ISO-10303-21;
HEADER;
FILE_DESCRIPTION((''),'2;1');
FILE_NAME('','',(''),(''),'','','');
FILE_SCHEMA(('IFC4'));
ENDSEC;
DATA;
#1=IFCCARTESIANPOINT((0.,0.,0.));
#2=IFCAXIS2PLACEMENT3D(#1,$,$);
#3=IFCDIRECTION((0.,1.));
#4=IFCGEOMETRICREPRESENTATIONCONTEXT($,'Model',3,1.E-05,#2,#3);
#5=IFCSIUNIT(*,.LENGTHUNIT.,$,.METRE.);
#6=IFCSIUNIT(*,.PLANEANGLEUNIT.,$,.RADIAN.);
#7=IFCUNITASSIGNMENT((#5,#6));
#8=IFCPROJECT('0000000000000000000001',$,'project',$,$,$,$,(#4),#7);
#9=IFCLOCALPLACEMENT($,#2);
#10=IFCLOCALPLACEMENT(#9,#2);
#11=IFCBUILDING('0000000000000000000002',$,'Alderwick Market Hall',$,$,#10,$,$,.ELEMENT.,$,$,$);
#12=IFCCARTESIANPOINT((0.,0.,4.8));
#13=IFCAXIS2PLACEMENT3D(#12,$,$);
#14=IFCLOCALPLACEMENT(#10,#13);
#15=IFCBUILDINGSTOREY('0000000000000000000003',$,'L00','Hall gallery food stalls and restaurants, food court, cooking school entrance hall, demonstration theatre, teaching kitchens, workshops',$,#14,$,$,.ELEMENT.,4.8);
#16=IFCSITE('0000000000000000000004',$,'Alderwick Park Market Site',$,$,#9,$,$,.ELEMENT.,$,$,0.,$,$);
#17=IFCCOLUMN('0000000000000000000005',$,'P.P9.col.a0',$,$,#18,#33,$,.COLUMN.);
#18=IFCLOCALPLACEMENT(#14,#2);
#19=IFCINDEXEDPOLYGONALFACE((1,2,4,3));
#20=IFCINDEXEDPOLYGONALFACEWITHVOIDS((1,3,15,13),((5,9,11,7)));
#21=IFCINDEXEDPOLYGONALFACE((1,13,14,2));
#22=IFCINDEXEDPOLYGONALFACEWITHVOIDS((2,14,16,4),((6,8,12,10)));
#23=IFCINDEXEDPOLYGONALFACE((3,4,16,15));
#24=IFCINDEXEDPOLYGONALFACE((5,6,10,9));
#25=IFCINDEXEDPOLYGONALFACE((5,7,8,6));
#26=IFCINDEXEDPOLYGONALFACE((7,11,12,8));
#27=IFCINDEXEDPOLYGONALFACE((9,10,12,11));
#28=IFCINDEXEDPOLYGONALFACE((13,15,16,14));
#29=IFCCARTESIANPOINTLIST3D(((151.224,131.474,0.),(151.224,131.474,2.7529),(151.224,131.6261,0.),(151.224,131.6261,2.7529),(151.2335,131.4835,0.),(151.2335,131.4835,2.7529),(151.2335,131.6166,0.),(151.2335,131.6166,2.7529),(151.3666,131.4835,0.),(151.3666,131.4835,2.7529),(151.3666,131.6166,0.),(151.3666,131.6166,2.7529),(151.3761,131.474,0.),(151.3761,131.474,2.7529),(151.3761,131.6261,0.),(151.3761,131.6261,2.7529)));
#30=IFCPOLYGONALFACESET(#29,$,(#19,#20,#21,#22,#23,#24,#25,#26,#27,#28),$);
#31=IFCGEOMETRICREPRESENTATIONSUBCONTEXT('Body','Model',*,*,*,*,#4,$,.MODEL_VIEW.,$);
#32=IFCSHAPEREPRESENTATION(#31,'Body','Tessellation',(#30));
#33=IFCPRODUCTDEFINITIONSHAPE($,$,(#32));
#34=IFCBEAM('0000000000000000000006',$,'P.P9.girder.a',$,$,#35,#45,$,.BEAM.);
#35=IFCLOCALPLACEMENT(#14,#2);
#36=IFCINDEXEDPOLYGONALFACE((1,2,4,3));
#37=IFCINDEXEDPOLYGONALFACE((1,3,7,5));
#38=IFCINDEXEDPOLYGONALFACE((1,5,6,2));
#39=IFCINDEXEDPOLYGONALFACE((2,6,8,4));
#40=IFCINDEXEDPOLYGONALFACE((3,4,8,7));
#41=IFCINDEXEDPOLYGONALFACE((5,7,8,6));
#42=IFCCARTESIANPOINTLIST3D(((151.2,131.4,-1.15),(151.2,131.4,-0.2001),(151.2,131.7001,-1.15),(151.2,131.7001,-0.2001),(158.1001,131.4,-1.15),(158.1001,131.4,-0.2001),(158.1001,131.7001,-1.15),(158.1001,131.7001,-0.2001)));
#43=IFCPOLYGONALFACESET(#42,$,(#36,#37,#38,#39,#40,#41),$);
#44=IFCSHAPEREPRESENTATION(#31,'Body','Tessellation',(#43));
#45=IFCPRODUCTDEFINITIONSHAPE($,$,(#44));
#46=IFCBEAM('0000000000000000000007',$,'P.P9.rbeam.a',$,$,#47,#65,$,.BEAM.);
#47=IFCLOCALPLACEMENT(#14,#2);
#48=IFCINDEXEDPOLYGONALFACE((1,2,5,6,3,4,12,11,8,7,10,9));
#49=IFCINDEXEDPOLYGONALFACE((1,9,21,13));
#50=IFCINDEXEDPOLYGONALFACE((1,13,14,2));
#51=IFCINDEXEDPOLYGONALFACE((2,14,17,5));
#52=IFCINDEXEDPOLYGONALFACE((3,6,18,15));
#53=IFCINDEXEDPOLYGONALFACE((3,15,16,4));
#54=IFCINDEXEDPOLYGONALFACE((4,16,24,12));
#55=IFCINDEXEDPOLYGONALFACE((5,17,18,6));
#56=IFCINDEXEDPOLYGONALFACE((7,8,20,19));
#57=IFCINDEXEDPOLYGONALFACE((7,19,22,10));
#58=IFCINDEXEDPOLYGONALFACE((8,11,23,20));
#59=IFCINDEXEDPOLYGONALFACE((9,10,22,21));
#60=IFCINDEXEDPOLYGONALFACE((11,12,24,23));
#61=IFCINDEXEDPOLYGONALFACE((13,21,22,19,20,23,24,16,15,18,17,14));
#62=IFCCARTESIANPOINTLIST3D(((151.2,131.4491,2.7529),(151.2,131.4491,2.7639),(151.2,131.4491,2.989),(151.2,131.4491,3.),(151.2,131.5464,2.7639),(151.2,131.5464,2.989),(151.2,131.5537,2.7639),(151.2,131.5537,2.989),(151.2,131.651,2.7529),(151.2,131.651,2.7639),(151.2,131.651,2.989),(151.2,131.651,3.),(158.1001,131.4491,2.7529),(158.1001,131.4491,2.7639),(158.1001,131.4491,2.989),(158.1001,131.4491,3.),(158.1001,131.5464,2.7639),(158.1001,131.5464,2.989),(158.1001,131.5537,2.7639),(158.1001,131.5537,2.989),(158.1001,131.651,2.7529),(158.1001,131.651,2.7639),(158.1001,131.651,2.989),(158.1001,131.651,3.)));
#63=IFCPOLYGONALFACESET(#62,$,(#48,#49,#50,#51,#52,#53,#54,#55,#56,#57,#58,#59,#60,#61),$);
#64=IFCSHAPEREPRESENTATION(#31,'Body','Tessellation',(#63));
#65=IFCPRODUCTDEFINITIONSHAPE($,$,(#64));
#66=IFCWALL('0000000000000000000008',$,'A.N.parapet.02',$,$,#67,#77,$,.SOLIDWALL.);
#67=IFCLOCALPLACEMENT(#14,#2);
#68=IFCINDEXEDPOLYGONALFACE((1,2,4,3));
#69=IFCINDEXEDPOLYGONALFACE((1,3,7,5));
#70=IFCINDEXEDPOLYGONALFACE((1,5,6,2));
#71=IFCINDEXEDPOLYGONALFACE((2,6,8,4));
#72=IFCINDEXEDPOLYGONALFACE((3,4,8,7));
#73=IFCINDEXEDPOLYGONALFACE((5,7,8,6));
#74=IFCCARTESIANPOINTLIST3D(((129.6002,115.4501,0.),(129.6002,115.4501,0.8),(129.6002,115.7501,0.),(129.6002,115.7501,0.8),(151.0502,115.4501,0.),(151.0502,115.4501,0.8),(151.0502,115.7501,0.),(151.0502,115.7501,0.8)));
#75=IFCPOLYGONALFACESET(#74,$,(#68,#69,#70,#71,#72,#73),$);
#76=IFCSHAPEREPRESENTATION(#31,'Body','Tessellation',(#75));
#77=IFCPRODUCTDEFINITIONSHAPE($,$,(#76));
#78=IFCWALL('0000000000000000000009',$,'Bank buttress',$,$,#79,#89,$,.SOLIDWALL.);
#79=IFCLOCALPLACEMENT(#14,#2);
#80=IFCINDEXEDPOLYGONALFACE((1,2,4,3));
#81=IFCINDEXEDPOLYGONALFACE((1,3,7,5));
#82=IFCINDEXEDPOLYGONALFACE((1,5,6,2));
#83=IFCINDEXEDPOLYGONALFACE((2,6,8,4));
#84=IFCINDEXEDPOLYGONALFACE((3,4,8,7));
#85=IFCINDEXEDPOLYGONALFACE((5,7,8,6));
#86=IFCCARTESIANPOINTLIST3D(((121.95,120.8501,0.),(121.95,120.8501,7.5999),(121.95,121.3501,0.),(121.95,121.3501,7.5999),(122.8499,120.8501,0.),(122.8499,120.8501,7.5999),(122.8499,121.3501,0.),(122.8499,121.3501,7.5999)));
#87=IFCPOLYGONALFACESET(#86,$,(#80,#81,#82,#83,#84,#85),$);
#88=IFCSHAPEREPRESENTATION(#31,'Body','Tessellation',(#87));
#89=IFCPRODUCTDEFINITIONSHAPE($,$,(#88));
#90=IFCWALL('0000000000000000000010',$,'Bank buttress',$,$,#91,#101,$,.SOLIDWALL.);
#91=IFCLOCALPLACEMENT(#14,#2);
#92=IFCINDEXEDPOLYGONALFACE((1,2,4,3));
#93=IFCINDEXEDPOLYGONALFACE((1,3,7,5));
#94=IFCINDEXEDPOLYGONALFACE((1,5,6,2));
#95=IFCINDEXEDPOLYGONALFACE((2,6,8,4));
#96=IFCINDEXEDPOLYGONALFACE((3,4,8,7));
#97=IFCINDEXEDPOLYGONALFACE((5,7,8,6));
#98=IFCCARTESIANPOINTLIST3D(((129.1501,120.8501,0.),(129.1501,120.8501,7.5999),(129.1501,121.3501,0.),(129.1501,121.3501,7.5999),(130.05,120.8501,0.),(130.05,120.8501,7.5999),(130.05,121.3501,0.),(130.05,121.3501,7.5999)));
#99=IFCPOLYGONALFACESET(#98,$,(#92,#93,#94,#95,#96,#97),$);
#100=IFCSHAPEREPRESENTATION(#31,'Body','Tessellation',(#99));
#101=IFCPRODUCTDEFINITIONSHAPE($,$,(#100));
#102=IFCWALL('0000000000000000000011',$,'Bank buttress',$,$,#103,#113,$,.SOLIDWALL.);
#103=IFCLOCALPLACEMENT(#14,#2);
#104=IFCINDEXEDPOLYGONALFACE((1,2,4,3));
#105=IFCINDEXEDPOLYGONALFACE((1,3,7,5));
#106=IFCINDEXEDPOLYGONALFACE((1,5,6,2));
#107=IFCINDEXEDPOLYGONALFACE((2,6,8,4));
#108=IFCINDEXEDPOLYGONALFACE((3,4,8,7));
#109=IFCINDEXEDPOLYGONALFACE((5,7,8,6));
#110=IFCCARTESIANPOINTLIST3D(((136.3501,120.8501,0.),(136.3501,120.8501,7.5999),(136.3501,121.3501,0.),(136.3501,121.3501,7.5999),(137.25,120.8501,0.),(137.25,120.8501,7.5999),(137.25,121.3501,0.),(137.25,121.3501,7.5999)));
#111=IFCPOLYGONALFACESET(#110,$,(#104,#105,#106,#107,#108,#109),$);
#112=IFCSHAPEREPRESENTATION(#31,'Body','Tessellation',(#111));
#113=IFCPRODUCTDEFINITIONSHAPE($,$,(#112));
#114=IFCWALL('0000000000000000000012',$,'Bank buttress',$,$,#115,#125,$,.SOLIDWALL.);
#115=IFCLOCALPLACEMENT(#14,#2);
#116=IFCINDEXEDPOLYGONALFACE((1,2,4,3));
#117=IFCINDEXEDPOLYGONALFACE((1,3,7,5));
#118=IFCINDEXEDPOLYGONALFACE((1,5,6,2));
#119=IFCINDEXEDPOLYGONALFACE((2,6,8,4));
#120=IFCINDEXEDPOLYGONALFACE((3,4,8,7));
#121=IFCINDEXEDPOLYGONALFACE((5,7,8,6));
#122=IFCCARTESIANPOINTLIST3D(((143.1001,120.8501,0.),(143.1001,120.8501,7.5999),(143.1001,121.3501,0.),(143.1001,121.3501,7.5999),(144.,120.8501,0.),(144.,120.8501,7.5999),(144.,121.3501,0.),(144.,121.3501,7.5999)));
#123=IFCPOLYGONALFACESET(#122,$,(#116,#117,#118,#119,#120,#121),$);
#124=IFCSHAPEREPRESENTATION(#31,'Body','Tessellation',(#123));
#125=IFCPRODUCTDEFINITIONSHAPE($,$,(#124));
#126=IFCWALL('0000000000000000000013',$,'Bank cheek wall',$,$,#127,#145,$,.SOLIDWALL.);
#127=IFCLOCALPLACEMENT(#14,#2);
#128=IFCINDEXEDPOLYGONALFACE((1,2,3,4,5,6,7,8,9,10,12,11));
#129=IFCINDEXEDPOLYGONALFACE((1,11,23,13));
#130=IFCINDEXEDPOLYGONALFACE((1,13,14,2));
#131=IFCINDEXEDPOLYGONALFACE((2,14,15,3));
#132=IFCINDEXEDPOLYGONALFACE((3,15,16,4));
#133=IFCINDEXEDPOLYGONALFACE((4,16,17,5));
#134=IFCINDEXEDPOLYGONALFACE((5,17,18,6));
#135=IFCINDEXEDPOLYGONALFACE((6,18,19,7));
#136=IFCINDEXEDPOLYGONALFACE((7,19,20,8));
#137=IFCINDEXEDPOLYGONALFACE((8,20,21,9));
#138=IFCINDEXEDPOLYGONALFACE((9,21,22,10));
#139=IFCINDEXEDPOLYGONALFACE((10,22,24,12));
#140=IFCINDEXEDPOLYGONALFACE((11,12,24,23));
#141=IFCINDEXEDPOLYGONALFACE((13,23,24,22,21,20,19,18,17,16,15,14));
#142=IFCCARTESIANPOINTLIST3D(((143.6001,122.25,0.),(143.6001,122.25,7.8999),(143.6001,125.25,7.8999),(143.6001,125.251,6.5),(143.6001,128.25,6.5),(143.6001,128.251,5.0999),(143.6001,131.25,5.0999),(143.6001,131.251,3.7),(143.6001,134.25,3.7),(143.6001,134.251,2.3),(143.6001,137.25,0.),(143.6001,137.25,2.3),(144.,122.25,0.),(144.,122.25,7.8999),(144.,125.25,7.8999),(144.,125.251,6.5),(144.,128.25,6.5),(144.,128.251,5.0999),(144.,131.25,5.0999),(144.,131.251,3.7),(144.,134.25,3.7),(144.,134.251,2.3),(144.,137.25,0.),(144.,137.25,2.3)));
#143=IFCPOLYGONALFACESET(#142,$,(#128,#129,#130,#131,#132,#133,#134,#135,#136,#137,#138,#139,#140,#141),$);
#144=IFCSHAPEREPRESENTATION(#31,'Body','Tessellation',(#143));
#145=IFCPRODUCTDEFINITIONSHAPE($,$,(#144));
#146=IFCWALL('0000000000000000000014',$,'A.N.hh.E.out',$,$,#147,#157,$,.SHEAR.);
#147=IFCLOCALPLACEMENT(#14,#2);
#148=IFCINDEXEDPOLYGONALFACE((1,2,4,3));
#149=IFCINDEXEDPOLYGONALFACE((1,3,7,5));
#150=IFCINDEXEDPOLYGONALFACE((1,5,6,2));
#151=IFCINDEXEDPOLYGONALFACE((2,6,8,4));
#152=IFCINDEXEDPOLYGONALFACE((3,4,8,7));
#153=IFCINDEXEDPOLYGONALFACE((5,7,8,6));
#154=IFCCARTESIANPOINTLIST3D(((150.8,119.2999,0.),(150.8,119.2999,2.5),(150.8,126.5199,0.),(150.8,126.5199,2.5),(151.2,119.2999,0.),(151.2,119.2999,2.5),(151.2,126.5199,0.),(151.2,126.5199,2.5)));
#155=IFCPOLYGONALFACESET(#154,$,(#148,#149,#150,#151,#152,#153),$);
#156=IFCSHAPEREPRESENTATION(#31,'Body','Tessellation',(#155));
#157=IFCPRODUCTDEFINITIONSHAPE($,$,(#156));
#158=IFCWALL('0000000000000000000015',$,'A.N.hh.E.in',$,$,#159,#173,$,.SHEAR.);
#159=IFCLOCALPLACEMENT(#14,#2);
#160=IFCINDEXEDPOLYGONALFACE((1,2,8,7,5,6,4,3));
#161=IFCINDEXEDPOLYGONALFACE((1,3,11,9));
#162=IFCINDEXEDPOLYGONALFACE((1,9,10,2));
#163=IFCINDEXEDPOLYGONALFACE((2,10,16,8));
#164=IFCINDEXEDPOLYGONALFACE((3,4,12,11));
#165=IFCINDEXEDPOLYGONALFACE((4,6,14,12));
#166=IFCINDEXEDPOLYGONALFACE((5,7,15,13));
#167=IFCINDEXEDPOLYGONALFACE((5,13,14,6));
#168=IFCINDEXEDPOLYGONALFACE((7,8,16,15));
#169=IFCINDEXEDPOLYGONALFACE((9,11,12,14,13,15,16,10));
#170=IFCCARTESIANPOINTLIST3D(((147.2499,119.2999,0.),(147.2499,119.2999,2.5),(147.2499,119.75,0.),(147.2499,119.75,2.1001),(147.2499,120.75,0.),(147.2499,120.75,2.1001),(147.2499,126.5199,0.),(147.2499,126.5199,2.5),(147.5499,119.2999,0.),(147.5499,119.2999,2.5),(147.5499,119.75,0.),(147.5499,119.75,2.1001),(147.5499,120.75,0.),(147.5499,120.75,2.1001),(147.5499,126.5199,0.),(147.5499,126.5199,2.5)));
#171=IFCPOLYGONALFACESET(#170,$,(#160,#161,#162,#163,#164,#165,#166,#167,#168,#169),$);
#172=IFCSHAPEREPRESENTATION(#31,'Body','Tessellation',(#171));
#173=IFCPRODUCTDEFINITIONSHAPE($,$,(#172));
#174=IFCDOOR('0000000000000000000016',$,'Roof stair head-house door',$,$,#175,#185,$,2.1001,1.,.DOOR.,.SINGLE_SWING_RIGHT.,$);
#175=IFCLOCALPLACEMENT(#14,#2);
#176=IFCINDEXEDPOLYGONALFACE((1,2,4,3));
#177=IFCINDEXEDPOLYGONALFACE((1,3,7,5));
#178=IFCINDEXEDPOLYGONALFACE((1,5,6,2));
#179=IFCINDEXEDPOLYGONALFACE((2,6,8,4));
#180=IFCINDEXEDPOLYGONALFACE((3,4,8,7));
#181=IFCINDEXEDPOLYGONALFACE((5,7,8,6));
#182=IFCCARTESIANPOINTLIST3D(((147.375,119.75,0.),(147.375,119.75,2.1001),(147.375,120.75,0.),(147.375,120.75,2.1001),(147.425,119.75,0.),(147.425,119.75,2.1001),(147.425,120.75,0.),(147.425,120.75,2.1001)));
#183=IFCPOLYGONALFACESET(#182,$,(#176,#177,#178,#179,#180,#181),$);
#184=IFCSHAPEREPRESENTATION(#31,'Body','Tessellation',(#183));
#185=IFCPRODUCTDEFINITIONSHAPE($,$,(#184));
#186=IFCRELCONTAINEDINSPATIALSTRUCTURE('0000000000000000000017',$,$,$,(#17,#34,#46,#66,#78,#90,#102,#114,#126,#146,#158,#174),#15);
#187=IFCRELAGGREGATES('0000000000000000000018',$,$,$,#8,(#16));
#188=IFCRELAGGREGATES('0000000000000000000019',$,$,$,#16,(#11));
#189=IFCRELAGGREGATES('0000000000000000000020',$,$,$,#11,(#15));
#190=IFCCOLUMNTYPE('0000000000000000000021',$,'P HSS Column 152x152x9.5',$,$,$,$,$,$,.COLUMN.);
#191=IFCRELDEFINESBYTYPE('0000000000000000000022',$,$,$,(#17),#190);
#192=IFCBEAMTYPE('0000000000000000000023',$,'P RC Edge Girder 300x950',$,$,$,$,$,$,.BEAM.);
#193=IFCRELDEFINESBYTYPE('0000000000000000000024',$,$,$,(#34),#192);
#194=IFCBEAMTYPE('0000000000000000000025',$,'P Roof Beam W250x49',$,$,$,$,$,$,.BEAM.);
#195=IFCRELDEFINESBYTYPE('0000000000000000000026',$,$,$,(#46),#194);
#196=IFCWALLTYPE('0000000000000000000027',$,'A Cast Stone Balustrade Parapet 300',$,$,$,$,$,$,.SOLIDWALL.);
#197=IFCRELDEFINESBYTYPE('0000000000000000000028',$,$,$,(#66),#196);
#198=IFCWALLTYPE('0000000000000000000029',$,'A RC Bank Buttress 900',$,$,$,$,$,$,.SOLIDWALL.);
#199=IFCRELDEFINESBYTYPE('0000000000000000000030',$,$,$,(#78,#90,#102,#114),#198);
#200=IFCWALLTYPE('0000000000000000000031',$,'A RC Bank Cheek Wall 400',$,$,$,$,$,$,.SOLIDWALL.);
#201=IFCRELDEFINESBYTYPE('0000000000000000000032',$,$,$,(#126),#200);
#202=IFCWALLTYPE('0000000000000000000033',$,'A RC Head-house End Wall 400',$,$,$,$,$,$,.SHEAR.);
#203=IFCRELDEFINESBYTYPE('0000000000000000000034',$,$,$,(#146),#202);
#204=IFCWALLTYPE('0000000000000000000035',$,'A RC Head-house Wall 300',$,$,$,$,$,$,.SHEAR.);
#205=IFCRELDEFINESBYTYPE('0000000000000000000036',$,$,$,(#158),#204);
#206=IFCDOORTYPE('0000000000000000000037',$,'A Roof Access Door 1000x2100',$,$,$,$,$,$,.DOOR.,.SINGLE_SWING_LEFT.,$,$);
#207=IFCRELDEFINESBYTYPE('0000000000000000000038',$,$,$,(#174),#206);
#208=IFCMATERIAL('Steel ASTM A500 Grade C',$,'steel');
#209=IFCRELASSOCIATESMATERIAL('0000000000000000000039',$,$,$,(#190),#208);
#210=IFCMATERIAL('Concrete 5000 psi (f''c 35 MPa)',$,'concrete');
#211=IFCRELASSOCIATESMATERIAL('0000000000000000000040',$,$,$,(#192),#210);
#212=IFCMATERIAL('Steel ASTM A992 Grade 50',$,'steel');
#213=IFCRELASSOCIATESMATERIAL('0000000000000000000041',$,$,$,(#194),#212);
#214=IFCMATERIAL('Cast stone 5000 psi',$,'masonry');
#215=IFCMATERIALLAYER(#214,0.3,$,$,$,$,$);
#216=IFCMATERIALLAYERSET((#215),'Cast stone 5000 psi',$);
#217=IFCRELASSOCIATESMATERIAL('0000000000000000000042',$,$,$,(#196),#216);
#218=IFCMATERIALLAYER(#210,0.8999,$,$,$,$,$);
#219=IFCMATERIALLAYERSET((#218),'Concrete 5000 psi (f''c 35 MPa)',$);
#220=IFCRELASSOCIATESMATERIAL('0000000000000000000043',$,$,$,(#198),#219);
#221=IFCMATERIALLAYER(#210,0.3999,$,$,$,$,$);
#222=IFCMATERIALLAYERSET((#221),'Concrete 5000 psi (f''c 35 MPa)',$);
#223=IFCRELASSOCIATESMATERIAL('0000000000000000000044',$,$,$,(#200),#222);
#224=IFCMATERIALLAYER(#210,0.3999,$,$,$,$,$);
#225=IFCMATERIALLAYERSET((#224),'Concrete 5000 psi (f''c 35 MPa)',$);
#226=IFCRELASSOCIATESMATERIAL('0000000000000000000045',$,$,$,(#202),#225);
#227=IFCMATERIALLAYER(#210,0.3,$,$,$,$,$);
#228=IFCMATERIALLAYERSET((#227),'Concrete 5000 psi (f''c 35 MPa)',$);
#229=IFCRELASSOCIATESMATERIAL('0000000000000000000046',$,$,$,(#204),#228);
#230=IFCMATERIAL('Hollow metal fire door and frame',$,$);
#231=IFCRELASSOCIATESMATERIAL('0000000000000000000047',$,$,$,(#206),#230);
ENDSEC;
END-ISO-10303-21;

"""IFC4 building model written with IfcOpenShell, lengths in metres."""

from ifc_helpers import new_model, si_unit, direction, frame, frame_2d, origin, origin_2d, place, context, subcontext, project, spatial, polyline, rectangle, hollow_rectangle, i_section, outline, extrude, material, layer, layer_set, material_profile, profile_set, type_object, element, fill, save


model = new_model("IFC4")

# Units and contexts
model_context = context("Model", 3, precision=1e-05, world=origin(), true_north=direction((0.0, 1.0)))
body_context = subcontext(model_context, "Body", "Model", "MODEL_VIEW")
ifc_project = project(units=[si_unit("LENGTHUNIT", "METRE"), si_unit("PLANEANGLEUNIT", "RADIAN")], contexts=[model_context])

# Site, building, storey
site_placement = place(None, origin())
site = spatial("IfcSite", under=ifc_project, at=site_placement, Name="Alderwick Park Market Site", CompositionType="ELEMENT", RefElevation=0.0)
building_placement = place(site_placement, origin())
building = spatial("IfcBuilding", under=site, at=building_placement, Name="Alderwick Market Hall", CompositionType="ELEMENT")
storey_placement = place(building_placement, frame((0.0, 0.0, 4.8)))
storey = spatial("IfcBuildingStorey", under=building, at=storey_placement, Name="L00", Description="Hall gallery food stalls and restaurants, food court, cooking school entrance hall, demonstration theatre, teaching kitchens, workshops", CompositionType="ELEMENT", Elevation=4.8)

# Column
ifc_material_1 = material(Name="Steel ASTM A500 Grade C", Category="steel")
ifc_material_profile_1 = material_profile(ifc_material_1, hollow_rectangle(XDim=0.1521, YDim=0.1521, WallThickness=0.0095, at=origin_2d()), Name="HSS152x152x9.5")
ifc_profile_set_1 = profile_set([ifc_material_profile_1], Name="Steel ASTM A500 Grade C")
column_type = type_object("IfcColumnType", Name="P HSS Column 152x152x9.5", PredefinedType="COLUMN", material=ifc_profile_set_1)
column_placement = place(storey_placement, frame((151.3, 131.55, 0.0), z_axis=(0.0, 0.0, 1.0), x_axis=(1.0, 0.0, 0.0)))
element("IfcColumn", 1, at=column_placement, inside=storey, type_object=column_type, Name="P.P9.col.a0", PredefinedType="COLUMN", context=body_context, shape_type="SweptSolid", body=[
    extrude(hollow_rectangle(XDim=0.1521, YDim=0.1521, WallThickness=0.0095, at=origin_2d()), origin(), (0.0, 0.0, 1.0), 2.7529),
])

# Beams
ifc_material_2 = material(Name="Concrete 5000 psi (f'c 35 MPa)", Category="concrete")
ifc_material_profile_2 = material_profile(ifc_material_2, rectangle(XDim=0.3, YDim=0.95, at=origin_2d()), Name="P RC Edge Girder 300x950")
ifc_profile_set_2 = profile_set([ifc_material_profile_2], Name="Concrete 5000 psi (f'c 35 MPa)")
beam_type_1 = type_object("IfcBeamType", Name="P RC Edge Girder 300x950", PredefinedType="BEAM", material=ifc_profile_set_2)
beam_1_placement = place(storey_placement, frame((151.2, 131.55, -0.675), z_axis=(1.0, 0.0, 0.0), x_axis=(0.0, 1.0, 0.0)))
element("IfcBeam", 2, at=beam_1_placement, inside=storey, type_object=beam_type_1, Name="P.P9.girder.a", PredefinedType="BEAM", context=body_context, shape_type="SweptSolid", body=[
    extrude(rectangle(XDim=0.3, YDim=0.95, at=origin_2d()), origin(), (0.0, 0.0, 1.0), 6.9001),
])
ifc_material_3 = material(Name="Steel ASTM A992 Grade 50", Category="steel")
ifc_material_profile_3 = material_profile(ifc_material_3, i_section(OverallWidth=0.2019, OverallDepth=0.2471, WebThickness=0.0073, FlangeThickness=0.011, at=origin_2d()), Name="W250x49")
ifc_profile_set_3 = profile_set([ifc_material_profile_3], Name="Steel ASTM A992 Grade 50")
beam_type_2 = type_object("IfcBeamType", Name="P Roof Beam W250x49", PredefinedType="BEAM", material=ifc_profile_set_3)
beam_2_placement = place(storey_placement, frame((151.2, 131.55, 2.8765), z_axis=(1.0, 0.0, 0.0), x_axis=(0.0, 1.0, 0.0)))
element("IfcBeam", 3, at=beam_2_placement, inside=storey, type_object=beam_type_2, Name="P.P9.rbeam.a", PredefinedType="BEAM", context=body_context, shape_type="SweptSolid", body=[
    extrude(i_section(OverallWidth=0.2019, OverallDepth=0.2471, WebThickness=0.0073, FlangeThickness=0.011, at=origin_2d()), origin(), (0.0, 0.0, 1.0), 6.9001),
])

# Walls
ifc_material_4 = material(Name="Cast stone 5000 psi", Category="masonry")
ifc_layer_1 = layer(ifc_material_4, 0.3)
ifc_layer_set_1 = layer_set([ifc_layer_1], Name="Cast stone 5000 psi")
wall_type_1 = type_object("IfcWallType", Name="A Cast Stone Balustrade Parapet 300", PredefinedType="SOLIDWALL", material=ifc_layer_set_1)
wall_1_placement = place(storey_placement, frame((129.6001, 115.6001, 0.0), z_axis=(0.0, 0.0, 1.0), x_axis=(1.0, 0.0, 0.0)))
element("IfcWall", 4, at=wall_1_placement, inside=storey, type_object=wall_type_1, Name="A.N.parapet.02", PredefinedType="SOLIDWALL", context=body_context, shape_type="SweptSolid", body=[
    extrude(rectangle(XDim=21.45, YDim=0.3, at=frame_2d((10.7251, 0.0))), origin(), (0.0, 0.0, 1.0), 0.8),
])
ifc_layer_2 = layer(ifc_material_2, 0.8999)
ifc_layer_set_2 = layer_set([ifc_layer_2], Name="Concrete 5000 psi (f'c 35 MPa)")
wall_type_2 = type_object("IfcWallType", Name="A RC Bank Buttress 900", PredefinedType="SOLIDWALL", material=ifc_layer_set_2)
for number, where, z_axis, x_axis, name in (
    (5, (122.3999, 121.3501, 0.0), (0.0, 0.0, 1.0), (0.0, -1.0, 0.0), "Bank buttress"),
    (6, (129.6001, 121.3501, 0.0), (0.0, 0.0, 1.0), (0.0, -1.0, 0.0), "Bank buttress"),
    (7, (136.8, 121.3501, 0.0), (0.0, 0.0, 1.0), (0.0, -1.0, 0.0), "Bank buttress"),
    (8, (143.55, 121.3501, 0.0), (0.0, 0.0, 1.0), (0.0, -1.0, 0.0), "Bank buttress"),
):
    element("IfcWall", number, at=place(storey_placement, frame(where, z_axis=z_axis, x_axis=x_axis)), inside=storey, type_object=wall_type_2, Name=name, PredefinedType="SOLIDWALL", context=body_context, shape_type="SweptSolid", body=[
        extrude(rectangle(XDim=0.5, YDim=0.8999, at=frame_2d((0.25, 0.0))), origin(), (0.0, 0.0, 1.0), 7.5999),
    ])
ifc_layer_3 = layer(ifc_material_2, 0.3999)
ifc_layer_set_3 = layer_set([ifc_layer_3], Name="Concrete 5000 psi (f'c 35 MPa)")
wall_type_3 = type_object("IfcWallType", Name="A RC Bank Cheek Wall 400", PredefinedType="SOLIDWALL", material=ifc_layer_set_3)
wall_2_placement = place(storey_placement, frame((143.8, 122.25, 0.0), z_axis=(0.0, 0.0, 1.0), x_axis=(0.0, 1.0, 0.0)))
element("IfcWall", 9, at=wall_2_placement, inside=storey, type_object=wall_type_3, Name="Bank cheek wall", PredefinedType="SOLIDWALL", context=body_context, shape_type="SweptSolid", body=[
    extrude(outline(polyline([(0.0, 0.0), (15.0, 0.0), (15.0, 2.3), (12.001, 2.3), (12.0, 3.7), (9.001, 3.7), (9.0, 5.0999), (6.001, 5.0999), (6.0, 6.5), (3.001, 6.5), (3.0, 7.8999), (0.0, 7.8999), (0.0, 0.0)])), frame((0.0, 0.2, 0.0), z_axis=(0.0, -1.0, 0.0), x_axis=(1.0, 0.0, 0.0)), (0.0, 0.0, 1.0), 0.3999),
])
ifc_layer_4 = layer(ifc_material_2, 0.3999)
ifc_layer_set_4 = layer_set([ifc_layer_4], Name="Concrete 5000 psi (f'c 35 MPa)")
wall_type_4 = type_object("IfcWallType", Name="A RC Head-house End Wall 400", PredefinedType="SHEAR", material=ifc_layer_set_4)
wall_3_placement = place(storey_placement, frame((151.0, 119.3, 0.0), z_axis=(0.0, 0.0, 1.0), x_axis=(0.0, 1.0, 0.0)))
element("IfcWall", 10, at=wall_3_placement, inside=storey, type_object=wall_type_4, Name="A.N.hh.E.out", PredefinedType="SHEAR", context=body_context, shape_type="SweptSolid", body=[
    extrude(rectangle(XDim=7.22, YDim=0.3999, at=frame_2d((3.6099, 0.0))), origin(), (0.0, 0.0, 1.0), 2.5),
])

# Wall, opening, door
ifc_layer_5 = layer(ifc_material_2, 0.3)
ifc_layer_set_5 = layer_set([ifc_layer_5], Name="Concrete 5000 psi (f'c 35 MPa)")
wall_type_5 = type_object("IfcWallType", Name="A RC Head-house Wall 300", PredefinedType="SHEAR", material=ifc_layer_set_5)
wall_4_placement = place(storey_placement, frame((147.3999, 119.3, 0.0), z_axis=(0.0, 0.0, 1.0), x_axis=(0.0, 1.0, 0.0)))
wall_4 = element("IfcWall", 11, at=wall_4_placement, inside=storey, type_object=wall_type_5, Name="A.N.hh.E.in", PredefinedType="SHEAR", context=body_context, shape_type="SweptSolid", body=[
    extrude(rectangle(XDim=7.22, YDim=0.3, at=frame_2d((3.6099, 0.0))), origin(), (0.0, 0.0, 1.0), 2.5),
])
opening_1_placement = place(wall_4_placement, frame((0.45, 0.0, 0.0)))
opening_1 = element("IfcOpeningElement", 12, at=opening_1_placement, cuts=wall_4, PredefinedType="OPENING", context=body_context, shape_type="SweptSolid", body=[
    extrude(rectangle(XDim=1.0, YDim=2.1001, at=frame_2d((0.5, 1.05))), frame((0.0, 0.1599, 0.0), z_axis=(0.0, -1.0, 0.0), x_axis=(1.0, 0.0, 0.0)), (0.0, 0.0, 1.0), 0.3201),
])
ifc_material_5 = material(Name="Hollow metal fire door and frame")
door_type_1 = type_object("IfcDoorType", Name="A Roof Access Door 1000x2100", OperationType="SINGLE_SWING_LEFT", PredefinedType="DOOR", material=ifc_material_5)
door_1_placement = place(opening_1_placement, origin())
door_1 = element("IfcDoor", 13, at=door_1_placement, inside=storey, type_object=door_type_1, Name="Roof stair head-house door", OperationType="SINGLE_SWING_RIGHT", OverallHeight=2.1001, OverallWidth=1.0, PredefinedType="DOOR", context=body_context, shape_type="SweptSolid", body=[
    extrude(rectangle(XDim=1.0, YDim=2.1001, at=frame_2d((0.5, 1.05))), frame((0.0, 0.0249, 0.0), z_axis=(0.0, -1.0, 0.0), x_axis=(1.0, 0.0, 0.0)), (0.0, 0.0, 1.0), 0.05),
])
fill(opening_1, door_1)

save(model, "model.ifc")
